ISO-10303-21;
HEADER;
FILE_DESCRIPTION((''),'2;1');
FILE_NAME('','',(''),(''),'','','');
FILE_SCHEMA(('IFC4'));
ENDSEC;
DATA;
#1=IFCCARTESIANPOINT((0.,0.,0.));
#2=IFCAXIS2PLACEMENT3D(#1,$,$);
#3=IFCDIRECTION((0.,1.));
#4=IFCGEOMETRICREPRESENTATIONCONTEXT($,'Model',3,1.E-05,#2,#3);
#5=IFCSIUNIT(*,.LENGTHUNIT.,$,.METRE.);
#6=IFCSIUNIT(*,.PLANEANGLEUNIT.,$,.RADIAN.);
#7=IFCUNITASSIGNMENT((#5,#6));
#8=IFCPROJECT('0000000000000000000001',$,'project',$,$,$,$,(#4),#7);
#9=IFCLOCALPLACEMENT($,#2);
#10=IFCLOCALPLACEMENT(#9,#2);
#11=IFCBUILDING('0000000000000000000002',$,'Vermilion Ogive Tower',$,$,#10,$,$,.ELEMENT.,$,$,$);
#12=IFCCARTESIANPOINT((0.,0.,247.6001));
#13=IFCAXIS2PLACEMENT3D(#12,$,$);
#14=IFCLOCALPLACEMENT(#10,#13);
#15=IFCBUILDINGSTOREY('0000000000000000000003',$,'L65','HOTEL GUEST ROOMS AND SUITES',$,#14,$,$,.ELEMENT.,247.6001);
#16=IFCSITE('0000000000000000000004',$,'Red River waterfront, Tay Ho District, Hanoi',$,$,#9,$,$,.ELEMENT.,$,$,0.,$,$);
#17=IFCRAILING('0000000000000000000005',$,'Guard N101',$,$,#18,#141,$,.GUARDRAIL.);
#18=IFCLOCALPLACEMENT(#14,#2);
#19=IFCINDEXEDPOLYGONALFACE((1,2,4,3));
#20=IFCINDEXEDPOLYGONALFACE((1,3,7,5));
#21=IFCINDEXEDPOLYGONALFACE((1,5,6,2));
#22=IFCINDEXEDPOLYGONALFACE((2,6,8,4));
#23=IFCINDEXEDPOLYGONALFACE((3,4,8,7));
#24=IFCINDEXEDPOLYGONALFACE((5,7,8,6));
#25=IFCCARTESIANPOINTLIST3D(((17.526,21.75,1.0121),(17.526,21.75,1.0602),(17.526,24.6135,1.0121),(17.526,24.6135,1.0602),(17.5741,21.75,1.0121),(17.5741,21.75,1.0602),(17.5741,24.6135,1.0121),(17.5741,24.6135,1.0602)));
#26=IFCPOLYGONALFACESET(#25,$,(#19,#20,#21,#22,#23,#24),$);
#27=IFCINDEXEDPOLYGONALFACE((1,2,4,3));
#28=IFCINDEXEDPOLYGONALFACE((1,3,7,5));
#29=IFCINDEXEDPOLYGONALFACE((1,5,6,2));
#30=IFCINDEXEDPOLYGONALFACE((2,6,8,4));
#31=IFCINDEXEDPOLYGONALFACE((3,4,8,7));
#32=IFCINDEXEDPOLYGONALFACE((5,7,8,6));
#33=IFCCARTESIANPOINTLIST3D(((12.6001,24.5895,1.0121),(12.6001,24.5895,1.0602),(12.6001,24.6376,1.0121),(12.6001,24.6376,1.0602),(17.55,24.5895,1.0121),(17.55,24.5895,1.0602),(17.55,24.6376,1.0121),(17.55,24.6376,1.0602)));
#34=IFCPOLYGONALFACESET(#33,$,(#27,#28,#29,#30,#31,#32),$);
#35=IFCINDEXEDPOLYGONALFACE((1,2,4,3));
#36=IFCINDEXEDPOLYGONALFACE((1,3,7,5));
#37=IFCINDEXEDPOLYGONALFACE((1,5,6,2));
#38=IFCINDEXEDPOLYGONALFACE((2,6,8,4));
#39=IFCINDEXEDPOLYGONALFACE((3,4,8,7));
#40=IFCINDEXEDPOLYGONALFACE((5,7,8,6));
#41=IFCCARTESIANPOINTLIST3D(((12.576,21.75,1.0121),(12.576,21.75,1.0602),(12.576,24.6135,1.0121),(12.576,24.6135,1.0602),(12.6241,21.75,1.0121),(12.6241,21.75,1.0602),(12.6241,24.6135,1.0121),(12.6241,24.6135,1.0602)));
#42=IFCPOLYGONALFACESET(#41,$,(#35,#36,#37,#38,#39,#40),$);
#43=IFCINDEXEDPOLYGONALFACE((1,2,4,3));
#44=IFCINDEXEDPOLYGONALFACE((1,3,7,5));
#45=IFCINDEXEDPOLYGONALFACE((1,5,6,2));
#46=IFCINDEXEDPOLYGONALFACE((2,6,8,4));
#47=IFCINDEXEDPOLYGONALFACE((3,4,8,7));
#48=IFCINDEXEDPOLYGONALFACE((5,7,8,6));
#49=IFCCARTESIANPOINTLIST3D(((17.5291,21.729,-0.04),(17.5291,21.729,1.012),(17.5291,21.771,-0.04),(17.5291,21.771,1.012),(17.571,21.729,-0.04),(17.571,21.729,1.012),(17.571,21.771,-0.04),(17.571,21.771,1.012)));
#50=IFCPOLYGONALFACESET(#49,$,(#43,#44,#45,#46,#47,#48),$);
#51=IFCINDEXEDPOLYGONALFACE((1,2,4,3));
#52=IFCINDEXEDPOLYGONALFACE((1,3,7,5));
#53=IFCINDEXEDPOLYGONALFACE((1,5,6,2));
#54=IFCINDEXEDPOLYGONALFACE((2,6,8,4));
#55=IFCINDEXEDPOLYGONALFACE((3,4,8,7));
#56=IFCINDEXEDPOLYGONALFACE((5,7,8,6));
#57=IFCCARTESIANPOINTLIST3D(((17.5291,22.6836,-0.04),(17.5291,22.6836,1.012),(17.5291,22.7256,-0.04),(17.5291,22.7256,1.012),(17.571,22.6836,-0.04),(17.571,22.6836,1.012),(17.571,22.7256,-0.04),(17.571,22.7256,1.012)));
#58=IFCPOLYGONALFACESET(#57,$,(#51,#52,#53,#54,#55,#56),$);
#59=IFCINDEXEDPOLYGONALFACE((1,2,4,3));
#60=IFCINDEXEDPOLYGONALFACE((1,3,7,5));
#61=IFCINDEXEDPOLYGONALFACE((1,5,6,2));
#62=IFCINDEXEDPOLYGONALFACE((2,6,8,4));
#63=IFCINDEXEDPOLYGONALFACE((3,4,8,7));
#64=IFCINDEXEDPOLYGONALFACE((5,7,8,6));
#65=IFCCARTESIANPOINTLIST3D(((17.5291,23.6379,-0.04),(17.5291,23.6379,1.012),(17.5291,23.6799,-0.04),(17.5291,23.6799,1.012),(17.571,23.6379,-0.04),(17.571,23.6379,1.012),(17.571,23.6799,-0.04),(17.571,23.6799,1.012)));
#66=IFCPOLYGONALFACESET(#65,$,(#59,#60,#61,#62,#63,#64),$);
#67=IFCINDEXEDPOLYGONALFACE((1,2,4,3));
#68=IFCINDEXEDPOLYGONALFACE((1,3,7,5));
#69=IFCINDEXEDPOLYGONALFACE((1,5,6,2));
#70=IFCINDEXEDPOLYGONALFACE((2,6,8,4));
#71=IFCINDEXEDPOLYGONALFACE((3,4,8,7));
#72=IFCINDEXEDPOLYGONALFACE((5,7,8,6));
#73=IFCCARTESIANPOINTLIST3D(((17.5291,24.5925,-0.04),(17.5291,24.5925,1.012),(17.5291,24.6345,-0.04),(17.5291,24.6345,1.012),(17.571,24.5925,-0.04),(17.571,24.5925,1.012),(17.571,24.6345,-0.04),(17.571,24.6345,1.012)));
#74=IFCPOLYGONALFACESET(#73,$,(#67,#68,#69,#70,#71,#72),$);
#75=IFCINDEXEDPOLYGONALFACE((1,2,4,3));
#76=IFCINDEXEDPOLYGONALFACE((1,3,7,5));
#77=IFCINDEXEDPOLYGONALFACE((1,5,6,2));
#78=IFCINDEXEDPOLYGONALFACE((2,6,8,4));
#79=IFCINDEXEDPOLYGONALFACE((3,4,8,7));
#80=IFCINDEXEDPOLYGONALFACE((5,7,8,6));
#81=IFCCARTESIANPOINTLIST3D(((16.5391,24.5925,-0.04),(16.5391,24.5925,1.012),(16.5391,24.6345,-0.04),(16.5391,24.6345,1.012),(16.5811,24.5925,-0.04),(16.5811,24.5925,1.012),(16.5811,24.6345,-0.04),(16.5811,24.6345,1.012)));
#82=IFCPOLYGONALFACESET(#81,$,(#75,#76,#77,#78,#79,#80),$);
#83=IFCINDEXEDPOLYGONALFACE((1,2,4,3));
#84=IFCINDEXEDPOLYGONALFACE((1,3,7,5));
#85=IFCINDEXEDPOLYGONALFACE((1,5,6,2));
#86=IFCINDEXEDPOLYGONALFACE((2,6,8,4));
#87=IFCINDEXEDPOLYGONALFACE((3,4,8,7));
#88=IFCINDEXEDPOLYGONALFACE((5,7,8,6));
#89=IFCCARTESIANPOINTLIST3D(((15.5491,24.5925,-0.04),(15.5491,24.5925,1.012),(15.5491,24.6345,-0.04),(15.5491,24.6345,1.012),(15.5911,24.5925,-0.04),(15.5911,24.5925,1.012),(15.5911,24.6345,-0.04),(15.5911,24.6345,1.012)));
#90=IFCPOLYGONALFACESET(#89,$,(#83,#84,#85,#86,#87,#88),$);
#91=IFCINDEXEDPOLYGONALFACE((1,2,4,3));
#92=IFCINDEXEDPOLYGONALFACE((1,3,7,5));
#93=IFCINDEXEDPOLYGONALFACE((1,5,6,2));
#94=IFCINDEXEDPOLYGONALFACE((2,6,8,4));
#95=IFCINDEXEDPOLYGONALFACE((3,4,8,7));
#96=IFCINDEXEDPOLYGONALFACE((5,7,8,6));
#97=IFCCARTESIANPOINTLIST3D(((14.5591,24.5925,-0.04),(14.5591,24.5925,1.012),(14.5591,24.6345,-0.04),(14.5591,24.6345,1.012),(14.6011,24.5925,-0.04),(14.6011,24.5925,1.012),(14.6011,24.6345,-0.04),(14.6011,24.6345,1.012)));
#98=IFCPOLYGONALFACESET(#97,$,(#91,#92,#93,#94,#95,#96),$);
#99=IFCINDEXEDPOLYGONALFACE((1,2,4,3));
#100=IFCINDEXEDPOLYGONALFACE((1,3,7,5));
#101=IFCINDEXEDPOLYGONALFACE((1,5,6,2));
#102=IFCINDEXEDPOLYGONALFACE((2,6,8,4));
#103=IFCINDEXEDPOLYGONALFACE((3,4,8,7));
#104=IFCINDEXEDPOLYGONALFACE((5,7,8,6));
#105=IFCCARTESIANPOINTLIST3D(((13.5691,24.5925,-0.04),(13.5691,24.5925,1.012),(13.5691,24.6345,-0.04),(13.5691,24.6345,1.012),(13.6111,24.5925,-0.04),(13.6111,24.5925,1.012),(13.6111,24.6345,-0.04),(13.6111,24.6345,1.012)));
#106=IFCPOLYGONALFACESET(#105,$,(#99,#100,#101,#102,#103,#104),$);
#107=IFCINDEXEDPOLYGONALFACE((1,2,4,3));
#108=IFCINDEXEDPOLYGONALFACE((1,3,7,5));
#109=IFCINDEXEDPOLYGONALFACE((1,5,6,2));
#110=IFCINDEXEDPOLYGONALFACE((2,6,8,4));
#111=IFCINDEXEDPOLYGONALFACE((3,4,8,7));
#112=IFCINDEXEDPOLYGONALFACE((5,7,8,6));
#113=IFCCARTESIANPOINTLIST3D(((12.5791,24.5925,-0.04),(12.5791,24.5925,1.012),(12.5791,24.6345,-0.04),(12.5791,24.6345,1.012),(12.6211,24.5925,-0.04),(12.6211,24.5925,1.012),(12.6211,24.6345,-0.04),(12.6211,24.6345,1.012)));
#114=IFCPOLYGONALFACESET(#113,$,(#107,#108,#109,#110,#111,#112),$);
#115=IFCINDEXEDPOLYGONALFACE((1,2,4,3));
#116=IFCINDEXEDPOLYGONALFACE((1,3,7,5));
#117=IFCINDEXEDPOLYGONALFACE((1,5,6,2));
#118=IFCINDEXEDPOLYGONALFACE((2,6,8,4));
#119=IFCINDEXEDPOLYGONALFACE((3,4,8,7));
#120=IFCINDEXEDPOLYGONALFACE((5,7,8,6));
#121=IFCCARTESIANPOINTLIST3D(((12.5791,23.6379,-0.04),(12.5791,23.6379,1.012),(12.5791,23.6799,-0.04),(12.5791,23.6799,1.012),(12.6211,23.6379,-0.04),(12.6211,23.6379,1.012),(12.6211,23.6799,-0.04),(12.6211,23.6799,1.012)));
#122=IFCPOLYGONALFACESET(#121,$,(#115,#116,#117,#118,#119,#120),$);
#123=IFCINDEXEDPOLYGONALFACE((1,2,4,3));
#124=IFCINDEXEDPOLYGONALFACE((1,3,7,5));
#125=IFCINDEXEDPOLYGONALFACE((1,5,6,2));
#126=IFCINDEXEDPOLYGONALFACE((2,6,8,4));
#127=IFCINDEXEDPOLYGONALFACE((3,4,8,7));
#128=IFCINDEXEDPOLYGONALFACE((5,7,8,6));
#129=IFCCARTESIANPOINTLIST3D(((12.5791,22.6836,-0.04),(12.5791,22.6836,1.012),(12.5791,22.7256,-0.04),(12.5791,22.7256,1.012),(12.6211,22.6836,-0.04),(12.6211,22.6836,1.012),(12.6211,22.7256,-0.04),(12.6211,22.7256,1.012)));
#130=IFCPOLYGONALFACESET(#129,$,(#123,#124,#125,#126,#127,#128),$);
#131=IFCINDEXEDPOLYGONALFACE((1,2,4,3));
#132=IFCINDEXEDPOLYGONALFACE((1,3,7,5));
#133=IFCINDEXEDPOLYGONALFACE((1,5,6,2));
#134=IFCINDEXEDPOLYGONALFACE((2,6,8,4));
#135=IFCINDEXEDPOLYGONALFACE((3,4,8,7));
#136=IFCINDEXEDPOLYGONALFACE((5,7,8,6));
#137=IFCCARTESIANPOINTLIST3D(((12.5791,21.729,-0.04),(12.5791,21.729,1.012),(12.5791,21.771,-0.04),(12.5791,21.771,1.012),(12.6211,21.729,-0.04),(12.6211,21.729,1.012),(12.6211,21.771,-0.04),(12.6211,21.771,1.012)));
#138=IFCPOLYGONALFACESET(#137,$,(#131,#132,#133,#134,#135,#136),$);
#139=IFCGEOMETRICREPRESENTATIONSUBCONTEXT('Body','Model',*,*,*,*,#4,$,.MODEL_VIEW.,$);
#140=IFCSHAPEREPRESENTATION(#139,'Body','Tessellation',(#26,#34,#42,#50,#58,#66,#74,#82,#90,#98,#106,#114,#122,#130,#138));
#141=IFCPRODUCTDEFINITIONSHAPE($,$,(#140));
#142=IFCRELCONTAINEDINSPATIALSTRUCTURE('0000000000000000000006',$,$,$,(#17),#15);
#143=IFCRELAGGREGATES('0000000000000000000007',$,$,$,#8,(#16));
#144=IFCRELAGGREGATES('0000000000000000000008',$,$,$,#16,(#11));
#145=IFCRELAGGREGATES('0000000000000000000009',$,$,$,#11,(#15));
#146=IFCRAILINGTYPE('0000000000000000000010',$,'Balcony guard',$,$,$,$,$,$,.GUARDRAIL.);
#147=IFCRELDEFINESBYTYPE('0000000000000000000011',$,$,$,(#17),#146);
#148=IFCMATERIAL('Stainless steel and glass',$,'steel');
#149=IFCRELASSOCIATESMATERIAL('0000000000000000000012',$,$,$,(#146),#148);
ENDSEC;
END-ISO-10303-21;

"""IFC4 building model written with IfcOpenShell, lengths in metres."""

from ifc_helpers import new_model, si_unit, direction, frame, origin, origin_2d, place, context, subcontext, project, spatial, rectangle, extrude, material, type_object, element, save


model = new_model("IFC4")

# Units and contexts
model_context = context("Model", 3, precision=1e-05, world=origin(), true_north=direction((0.0, 1.0)))
body_context = subcontext(model_context, "Body", "Model", "MODEL_VIEW")
ifc_project = project(units=[si_unit("LENGTHUNIT", "METRE"), si_unit("PLANEANGLEUNIT", "RADIAN")], contexts=[model_context])

# Site, building, storey
site_placement = place(None, origin())
site = spatial("IfcSite", under=ifc_project, at=site_placement, Name="Red River waterfront, Tay Ho District, Hanoi", CompositionType="ELEMENT", RefElevation=0.0)
building_placement = place(site_placement, origin())
building = spatial("IfcBuilding", under=site, at=building_placement, Name="Vermilion Ogive Tower", CompositionType="ELEMENT")
storey_placement = place(building_placement, frame((0.0, 0.0, 247.6001)))
storey = spatial("IfcBuildingStorey", under=building, at=storey_placement, Name="L65", Description="HOTEL GUEST ROOMS AND SUITES", CompositionType="ELEMENT", Elevation=247.6001)

# Railing
ifc_material_1 = material(Name="Stainless steel and glass", Category="steel")
railing_type_1 = type_object("IfcRailingType", Name="Balcony guard", PredefinedType="GUARDRAIL", material=ifc_material_1)
railing_1_placement = place(storey_placement, frame((17.55, 21.75, -0.04)))
element("IfcRailing", 1, at=railing_1_placement, inside=storey, type_object=railing_type_1, Name="Guard N101", PredefinedType="GUARDRAIL", context=body_context, shape_type="SweptSolid", body=[
    extrude(rectangle(XDim=0.0481, YDim=0.0481, at=origin_2d()), frame((0.0, 0.0, 1.0762), z_axis=(0.0, 1.0, 0.0), x_axis=(-1.0, 0.0, 0.0)), (0.0, 0.0, 1.0), 2.8635),
    extrude(rectangle(XDim=0.0481, YDim=0.0481, at=origin_2d()), frame((0.0, 2.8635, 1.0762), z_axis=(-1.0, 0.0, 0.0), x_axis=(0.0, -1.0, 0.0)), (0.0, 0.0, 1.0), 4.95),
    extrude(rectangle(XDim=0.0481, YDim=0.0481, at=origin_2d()), frame((-4.95, 2.8635, 1.0762), z_axis=(0.0, -1.0, 0.0), x_axis=(1.0, 0.0, 0.0)), (0.0, 0.0, 1.0), 2.8635),
    extrude(rectangle(XDim=0.042, YDim=0.042, at=origin_2d()), origin(), (0.0, 0.0, 1.0), 1.052),
    extrude(rectangle(XDim=0.042, YDim=0.042, at=origin_2d()), frame((0.0, 0.9546, 0.0)), (0.0, 0.0, 1.0), 1.052),
    extrude(rectangle(XDim=0.042, YDim=0.042, at=origin_2d()), frame((0.0, 1.9089, 0.0)), (0.0, 0.0, 1.0), 1.052),
    extrude(rectangle(XDim=0.042, YDim=0.042, at=origin_2d()), frame((0.0, 2.8635, 0.0)), (0.0, 0.0, 1.0), 1.052),
    extrude(rectangle(XDim=0.042, YDim=0.042, at=origin_2d()), frame((-0.99, 2.8635, 0.0)), (0.0, 0.0, 1.0), 1.052),
    extrude(rectangle(XDim=0.042, YDim=0.042, at=origin_2d()), frame((-1.98, 2.8635, 0.0)), (0.0, 0.0, 1.0), 1.052),
    extrude(rectangle(XDim=0.042, YDim=0.042, at=origin_2d()), frame((-2.97, 2.8635, 0.0)), (0.0, 0.0, 1.0), 1.052),
    extrude(rectangle(XDim=0.042, YDim=0.042, at=origin_2d()), frame((-3.96, 2.8635, 0.0)), (0.0, 0.0, 1.0), 1.052),
    extrude(rectangle(XDim=0.042, YDim=0.042, at=origin_2d()), frame((-4.95, 2.8635, 0.0)), (0.0, 0.0, 1.0), 1.052),
    extrude(rectangle(XDim=0.042, YDim=0.042, at=origin_2d()), frame((-4.95, 1.9089, 0.0)), (0.0, 0.0, 1.0), 1.052),
    extrude(rectangle(XDim=0.042, YDim=0.042, at=origin_2d()), frame((-4.95, 0.9546, 0.0)), (0.0, 0.0, 1.0), 1.052),
    extrude(rectangle(XDim=0.042, YDim=0.042, at=origin_2d()), frame((-4.95, 0.0, 0.0)), (0.0, 0.0, 1.0), 1.052),
])

save(model, "model.ifc")
